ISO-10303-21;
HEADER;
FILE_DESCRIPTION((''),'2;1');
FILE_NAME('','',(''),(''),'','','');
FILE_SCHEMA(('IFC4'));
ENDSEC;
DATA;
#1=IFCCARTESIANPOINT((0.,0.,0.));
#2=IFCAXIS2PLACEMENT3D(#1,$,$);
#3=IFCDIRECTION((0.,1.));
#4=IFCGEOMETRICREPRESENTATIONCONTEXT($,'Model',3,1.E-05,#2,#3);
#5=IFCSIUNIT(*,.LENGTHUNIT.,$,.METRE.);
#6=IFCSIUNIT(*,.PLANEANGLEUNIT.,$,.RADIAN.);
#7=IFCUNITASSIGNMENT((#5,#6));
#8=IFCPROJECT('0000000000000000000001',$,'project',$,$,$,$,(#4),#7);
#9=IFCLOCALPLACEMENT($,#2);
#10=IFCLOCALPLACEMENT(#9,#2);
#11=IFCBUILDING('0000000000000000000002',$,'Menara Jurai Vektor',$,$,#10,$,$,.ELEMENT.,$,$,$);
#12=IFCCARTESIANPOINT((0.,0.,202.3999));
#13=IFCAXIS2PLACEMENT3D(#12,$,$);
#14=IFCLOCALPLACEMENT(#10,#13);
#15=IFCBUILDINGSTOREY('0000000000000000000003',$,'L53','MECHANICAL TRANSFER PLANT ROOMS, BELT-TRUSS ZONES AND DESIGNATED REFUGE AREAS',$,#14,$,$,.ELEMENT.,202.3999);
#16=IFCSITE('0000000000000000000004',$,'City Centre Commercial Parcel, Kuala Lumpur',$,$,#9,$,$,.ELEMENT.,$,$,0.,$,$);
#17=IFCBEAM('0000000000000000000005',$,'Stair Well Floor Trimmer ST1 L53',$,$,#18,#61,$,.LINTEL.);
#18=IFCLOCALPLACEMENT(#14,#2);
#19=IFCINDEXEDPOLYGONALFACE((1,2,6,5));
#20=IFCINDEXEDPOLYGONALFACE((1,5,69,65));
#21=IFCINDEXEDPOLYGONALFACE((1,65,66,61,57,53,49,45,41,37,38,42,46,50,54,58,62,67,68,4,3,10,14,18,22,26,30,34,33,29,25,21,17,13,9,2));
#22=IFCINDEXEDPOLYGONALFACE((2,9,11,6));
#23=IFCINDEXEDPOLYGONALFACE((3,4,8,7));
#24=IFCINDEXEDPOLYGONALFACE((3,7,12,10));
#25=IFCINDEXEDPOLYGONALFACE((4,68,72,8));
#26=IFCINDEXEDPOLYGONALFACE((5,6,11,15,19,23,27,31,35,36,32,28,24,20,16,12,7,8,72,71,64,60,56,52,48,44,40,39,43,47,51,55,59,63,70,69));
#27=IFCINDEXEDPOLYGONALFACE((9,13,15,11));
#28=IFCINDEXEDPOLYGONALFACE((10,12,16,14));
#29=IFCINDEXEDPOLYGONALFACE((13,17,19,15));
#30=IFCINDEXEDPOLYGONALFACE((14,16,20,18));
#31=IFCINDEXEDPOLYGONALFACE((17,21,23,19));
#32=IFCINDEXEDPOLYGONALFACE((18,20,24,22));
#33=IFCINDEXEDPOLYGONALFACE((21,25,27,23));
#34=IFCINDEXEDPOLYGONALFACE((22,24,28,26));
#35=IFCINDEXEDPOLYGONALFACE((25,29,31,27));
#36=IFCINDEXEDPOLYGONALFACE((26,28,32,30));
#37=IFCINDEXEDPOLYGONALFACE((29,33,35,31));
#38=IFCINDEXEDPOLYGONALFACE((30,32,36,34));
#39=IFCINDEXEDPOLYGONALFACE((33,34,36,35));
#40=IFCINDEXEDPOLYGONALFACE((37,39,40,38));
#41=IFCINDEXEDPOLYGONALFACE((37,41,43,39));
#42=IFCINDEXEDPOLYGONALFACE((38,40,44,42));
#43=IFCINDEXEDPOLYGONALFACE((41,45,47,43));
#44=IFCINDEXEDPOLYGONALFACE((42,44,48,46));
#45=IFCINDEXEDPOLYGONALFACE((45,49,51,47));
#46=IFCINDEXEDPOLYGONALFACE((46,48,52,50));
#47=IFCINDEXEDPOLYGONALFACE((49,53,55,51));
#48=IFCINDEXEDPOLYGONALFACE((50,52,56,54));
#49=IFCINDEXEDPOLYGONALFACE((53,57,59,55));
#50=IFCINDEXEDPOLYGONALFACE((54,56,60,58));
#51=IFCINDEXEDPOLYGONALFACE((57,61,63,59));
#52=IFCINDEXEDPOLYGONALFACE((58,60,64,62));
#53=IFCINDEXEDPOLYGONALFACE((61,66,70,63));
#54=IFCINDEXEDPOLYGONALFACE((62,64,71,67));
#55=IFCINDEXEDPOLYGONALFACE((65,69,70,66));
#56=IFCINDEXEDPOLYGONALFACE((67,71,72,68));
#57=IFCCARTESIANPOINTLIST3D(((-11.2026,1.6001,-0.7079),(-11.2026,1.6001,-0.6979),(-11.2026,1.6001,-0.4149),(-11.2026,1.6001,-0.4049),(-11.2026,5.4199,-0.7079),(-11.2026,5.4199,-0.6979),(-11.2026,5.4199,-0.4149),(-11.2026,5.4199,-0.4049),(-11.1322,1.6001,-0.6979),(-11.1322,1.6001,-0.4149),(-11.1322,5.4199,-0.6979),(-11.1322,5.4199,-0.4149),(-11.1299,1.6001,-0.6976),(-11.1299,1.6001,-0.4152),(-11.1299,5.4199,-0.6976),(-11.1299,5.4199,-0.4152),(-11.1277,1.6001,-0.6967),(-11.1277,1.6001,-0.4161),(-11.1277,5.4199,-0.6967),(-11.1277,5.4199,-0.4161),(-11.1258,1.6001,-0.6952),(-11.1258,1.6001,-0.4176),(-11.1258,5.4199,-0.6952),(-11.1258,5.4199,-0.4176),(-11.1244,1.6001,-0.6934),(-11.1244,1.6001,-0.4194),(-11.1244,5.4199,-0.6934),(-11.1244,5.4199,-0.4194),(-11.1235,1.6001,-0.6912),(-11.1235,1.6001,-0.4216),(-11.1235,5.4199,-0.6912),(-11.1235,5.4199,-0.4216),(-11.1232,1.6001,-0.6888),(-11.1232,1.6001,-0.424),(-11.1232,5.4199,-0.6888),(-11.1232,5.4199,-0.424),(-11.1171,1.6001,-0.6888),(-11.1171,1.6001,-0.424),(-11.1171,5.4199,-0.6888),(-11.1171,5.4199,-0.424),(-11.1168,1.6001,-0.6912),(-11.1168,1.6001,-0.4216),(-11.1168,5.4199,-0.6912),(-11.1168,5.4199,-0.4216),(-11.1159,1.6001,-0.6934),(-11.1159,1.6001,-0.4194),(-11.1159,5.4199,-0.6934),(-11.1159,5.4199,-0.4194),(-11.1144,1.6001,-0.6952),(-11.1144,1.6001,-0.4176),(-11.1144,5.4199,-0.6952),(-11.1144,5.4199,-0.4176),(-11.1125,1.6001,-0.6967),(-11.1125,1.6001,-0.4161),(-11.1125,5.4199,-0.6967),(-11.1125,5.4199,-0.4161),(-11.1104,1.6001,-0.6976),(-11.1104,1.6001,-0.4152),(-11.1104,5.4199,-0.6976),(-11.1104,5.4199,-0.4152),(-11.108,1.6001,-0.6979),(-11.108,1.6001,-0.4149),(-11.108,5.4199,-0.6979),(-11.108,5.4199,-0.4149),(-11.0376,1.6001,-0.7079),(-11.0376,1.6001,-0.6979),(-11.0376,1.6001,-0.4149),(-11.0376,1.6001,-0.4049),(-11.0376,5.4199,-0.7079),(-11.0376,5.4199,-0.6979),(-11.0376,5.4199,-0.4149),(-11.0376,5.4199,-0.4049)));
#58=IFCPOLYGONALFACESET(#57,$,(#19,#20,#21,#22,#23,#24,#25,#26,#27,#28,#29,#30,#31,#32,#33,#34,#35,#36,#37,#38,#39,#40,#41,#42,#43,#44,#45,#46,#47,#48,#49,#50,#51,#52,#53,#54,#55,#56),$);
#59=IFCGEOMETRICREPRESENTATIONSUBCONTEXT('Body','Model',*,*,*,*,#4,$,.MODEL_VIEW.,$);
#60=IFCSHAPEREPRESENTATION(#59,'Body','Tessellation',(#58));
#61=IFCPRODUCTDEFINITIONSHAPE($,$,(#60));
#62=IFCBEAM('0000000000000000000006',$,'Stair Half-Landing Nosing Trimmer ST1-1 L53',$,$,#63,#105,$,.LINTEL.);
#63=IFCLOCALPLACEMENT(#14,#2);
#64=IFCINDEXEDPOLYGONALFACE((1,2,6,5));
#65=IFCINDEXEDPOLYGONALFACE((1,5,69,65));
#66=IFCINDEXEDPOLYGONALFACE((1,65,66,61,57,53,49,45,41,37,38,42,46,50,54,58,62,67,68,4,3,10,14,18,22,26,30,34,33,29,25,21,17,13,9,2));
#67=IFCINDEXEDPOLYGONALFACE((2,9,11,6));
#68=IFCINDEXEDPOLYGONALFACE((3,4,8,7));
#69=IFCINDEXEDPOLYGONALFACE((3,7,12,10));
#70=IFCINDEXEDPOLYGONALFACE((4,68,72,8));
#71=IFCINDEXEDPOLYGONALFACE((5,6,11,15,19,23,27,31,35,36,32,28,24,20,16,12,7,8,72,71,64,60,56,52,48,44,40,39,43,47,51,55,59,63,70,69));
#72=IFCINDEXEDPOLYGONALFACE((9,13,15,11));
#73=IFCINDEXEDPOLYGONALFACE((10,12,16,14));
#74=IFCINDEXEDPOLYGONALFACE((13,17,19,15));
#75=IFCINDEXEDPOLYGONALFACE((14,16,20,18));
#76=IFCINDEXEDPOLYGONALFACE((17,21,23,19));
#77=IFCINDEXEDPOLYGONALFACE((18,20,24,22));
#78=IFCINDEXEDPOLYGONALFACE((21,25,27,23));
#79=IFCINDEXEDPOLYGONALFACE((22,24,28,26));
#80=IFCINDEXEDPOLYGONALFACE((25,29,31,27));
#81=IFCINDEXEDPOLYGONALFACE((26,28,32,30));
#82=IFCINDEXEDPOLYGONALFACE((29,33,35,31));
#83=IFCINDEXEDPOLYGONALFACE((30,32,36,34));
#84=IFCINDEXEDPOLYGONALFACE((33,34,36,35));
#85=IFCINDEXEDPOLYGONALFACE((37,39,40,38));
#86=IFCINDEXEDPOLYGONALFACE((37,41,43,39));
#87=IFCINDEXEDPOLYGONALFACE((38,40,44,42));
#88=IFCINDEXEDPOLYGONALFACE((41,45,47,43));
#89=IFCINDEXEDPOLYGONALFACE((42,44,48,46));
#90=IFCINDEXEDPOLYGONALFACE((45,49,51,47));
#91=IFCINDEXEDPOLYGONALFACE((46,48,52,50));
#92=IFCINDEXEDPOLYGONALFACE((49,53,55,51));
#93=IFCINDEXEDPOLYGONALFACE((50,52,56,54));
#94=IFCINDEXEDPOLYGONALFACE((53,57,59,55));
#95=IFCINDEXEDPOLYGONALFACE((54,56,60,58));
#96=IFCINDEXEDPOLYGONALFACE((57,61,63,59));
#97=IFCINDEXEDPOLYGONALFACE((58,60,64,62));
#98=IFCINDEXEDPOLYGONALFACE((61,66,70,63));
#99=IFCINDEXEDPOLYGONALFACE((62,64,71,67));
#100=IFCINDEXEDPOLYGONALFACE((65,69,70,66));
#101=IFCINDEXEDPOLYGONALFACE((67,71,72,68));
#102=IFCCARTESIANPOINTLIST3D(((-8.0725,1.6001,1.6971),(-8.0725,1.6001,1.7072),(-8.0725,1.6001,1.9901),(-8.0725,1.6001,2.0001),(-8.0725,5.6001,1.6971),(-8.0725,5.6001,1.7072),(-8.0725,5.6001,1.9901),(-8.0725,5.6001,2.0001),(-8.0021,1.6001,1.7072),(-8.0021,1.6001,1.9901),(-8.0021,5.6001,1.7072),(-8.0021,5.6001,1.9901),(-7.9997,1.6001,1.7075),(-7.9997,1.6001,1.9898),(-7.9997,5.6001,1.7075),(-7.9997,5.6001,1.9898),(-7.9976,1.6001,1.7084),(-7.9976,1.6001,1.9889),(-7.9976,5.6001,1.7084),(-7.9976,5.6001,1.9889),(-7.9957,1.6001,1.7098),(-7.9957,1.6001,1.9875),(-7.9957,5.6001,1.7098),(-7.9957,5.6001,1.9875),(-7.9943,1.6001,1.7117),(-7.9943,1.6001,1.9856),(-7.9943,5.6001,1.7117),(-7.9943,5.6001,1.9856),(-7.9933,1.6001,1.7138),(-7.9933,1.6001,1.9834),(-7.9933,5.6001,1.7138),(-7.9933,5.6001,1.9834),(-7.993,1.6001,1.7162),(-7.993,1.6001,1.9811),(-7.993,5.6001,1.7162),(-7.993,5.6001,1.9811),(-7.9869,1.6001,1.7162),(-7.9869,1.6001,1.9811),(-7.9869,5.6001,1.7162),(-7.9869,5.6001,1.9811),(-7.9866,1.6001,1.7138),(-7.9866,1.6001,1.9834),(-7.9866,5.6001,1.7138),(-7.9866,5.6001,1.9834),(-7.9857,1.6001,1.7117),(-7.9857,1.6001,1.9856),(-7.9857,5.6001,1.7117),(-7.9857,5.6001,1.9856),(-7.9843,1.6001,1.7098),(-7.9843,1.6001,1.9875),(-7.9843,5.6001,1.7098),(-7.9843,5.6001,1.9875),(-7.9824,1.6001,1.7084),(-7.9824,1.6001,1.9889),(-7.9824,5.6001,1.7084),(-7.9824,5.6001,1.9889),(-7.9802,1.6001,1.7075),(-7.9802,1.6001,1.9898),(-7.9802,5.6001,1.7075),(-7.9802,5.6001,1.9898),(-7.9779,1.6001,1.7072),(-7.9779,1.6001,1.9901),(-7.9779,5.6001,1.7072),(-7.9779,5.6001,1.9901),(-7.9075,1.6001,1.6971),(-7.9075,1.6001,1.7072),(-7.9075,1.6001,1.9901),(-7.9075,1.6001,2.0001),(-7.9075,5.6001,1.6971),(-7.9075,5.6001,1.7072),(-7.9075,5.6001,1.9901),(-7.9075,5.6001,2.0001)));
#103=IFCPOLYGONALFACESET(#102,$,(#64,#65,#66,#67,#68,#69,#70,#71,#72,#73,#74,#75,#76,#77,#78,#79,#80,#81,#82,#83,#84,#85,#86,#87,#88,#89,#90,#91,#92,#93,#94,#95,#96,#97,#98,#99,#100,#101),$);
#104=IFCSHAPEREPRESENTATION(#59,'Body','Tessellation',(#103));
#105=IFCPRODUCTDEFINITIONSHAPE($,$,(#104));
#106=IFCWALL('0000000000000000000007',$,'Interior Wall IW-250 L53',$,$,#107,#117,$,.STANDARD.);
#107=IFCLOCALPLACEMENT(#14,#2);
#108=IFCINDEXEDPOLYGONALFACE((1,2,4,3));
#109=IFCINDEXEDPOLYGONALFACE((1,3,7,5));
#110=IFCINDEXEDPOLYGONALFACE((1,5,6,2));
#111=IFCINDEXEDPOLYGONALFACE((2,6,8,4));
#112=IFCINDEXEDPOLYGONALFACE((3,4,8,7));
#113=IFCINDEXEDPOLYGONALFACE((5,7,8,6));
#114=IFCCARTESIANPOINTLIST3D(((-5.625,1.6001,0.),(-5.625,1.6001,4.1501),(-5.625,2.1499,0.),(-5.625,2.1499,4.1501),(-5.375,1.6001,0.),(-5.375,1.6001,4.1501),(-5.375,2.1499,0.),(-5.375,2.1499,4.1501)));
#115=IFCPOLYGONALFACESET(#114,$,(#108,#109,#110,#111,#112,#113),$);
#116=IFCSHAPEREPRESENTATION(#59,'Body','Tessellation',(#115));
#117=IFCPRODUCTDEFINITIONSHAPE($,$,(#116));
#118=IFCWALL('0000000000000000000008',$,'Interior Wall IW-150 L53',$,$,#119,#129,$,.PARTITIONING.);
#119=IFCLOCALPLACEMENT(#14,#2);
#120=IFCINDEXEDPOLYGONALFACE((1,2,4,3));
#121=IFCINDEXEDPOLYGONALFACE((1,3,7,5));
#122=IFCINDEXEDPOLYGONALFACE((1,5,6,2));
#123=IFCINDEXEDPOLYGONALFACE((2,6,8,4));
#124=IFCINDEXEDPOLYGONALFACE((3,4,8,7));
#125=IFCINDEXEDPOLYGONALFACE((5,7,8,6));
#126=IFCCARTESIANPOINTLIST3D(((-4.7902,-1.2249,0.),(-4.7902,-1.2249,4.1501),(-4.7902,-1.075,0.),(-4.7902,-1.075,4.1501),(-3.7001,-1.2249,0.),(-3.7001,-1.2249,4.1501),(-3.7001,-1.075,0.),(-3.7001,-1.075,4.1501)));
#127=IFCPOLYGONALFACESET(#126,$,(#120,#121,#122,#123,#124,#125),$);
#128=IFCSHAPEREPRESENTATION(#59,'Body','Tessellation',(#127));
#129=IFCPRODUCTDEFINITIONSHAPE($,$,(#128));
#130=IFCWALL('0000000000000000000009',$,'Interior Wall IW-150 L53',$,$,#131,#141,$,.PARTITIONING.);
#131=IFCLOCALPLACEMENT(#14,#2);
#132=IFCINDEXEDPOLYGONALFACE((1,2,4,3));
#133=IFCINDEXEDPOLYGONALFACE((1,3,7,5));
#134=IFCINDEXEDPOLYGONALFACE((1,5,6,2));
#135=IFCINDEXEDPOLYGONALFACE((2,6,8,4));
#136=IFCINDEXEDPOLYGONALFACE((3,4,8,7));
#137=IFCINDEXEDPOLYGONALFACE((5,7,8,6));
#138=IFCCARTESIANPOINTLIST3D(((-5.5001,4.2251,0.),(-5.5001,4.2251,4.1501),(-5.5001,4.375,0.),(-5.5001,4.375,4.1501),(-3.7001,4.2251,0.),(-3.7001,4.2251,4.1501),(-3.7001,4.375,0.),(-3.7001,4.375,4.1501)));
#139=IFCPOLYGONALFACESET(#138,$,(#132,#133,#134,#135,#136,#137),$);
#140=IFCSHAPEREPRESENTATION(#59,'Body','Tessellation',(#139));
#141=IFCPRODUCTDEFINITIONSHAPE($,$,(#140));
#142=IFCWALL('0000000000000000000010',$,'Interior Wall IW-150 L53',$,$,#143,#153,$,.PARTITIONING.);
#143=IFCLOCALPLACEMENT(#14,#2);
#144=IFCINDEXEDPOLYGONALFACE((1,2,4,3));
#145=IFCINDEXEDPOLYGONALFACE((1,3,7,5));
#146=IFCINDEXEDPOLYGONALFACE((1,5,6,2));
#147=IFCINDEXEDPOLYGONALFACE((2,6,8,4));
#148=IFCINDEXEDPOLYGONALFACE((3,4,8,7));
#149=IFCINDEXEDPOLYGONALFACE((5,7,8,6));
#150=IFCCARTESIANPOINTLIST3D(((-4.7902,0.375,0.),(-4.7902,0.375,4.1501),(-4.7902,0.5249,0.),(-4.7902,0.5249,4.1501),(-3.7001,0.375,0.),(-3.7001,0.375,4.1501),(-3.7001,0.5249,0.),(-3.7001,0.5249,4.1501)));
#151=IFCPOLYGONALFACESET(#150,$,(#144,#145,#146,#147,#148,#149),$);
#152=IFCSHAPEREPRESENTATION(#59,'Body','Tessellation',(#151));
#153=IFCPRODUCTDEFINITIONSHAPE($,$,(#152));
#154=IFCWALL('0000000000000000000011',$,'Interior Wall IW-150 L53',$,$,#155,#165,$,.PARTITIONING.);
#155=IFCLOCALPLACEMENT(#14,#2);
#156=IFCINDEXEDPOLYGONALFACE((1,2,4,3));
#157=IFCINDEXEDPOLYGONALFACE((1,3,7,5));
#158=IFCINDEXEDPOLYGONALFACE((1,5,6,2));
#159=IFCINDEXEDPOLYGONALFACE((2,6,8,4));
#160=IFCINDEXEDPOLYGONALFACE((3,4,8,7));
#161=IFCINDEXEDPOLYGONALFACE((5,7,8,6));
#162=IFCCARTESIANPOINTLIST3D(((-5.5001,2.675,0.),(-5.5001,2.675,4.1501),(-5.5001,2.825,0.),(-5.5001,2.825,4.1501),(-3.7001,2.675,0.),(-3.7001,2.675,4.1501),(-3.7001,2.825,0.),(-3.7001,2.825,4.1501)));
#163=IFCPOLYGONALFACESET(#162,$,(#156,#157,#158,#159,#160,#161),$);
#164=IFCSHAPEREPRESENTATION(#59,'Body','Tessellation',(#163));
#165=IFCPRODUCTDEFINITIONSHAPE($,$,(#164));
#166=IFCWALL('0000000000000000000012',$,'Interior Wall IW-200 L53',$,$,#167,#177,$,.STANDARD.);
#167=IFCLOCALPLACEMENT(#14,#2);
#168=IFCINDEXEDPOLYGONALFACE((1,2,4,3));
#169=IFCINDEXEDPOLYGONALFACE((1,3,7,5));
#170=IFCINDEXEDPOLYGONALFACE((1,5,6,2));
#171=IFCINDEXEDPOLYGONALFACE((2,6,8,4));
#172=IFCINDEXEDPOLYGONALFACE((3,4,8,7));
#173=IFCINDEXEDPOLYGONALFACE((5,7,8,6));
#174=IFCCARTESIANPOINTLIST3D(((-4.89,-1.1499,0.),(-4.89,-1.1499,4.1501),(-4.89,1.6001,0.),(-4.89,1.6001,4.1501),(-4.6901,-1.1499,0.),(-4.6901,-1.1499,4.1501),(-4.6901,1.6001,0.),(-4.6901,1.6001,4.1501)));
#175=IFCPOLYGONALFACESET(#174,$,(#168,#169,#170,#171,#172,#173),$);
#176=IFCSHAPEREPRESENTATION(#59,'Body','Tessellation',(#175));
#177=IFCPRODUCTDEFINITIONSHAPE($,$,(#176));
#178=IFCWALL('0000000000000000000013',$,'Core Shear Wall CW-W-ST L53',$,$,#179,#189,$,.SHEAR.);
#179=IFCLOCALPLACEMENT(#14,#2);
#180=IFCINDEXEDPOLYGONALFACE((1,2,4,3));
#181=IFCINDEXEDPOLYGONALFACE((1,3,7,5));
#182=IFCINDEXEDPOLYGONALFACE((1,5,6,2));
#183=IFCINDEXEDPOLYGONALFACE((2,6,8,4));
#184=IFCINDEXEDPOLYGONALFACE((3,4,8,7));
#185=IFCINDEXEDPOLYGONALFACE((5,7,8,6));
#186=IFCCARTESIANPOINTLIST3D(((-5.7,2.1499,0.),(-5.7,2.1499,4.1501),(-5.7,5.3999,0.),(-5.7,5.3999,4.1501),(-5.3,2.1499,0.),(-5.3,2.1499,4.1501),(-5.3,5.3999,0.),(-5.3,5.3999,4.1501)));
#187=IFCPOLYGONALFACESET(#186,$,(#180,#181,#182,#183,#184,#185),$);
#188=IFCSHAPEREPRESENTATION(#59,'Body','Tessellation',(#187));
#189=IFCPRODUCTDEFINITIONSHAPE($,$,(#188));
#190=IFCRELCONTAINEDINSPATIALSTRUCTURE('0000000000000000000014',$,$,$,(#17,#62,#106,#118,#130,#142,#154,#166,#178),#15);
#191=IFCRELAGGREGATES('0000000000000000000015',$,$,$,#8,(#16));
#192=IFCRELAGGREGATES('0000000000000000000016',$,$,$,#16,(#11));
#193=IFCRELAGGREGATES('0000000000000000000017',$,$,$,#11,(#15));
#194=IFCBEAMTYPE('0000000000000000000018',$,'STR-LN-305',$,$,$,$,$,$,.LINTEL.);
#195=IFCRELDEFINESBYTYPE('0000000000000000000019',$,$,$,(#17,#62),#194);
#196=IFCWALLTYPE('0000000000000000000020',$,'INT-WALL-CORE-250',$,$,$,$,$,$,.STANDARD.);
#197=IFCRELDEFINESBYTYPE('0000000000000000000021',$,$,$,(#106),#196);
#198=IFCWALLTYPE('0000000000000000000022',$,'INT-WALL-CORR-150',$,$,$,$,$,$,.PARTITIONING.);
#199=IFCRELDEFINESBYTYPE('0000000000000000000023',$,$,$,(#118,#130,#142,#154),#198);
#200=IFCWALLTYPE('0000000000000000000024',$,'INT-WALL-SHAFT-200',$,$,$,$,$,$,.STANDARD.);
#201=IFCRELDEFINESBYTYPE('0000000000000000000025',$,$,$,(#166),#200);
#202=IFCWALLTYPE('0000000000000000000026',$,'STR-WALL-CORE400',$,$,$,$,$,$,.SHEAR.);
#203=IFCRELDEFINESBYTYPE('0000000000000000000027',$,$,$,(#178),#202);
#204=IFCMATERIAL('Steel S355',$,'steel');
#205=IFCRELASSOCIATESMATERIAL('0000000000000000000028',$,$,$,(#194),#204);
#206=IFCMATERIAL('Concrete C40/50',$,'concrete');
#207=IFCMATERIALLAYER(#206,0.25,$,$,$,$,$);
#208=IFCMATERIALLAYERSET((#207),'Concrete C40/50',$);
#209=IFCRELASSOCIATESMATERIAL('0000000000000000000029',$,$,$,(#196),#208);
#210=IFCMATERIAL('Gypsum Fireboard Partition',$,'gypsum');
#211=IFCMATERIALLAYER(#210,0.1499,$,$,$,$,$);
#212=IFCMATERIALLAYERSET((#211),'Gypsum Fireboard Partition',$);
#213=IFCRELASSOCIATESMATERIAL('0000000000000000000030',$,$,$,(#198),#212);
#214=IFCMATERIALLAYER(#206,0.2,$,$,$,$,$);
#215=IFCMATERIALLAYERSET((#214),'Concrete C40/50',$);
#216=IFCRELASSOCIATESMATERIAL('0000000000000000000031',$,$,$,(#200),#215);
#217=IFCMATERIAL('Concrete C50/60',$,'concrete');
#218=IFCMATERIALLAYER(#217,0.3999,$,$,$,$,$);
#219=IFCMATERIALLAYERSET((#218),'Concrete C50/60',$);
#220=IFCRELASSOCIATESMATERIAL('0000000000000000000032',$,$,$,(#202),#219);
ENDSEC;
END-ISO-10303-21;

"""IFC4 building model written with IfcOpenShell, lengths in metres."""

from ifc_helpers import new_model, si_unit, direction, frame, frame_2d, origin, origin_2d, place, context, subcontext, project, spatial, rectangle, i_section, extrude, material, layer, layer_set, material_profile, profile_set, type_object, element, save


model = new_model("IFC4")

# Units and contexts
model_context = context("Model", 3, precision=1e-05, world=origin(), true_north=direction((0.0, 1.0)))
body_context = subcontext(model_context, "Body", "Model", "MODEL_VIEW")
ifc_project = project(units=[si_unit("LENGTHUNIT", "METRE"), si_unit("PLANEANGLEUNIT", "RADIAN")], contexts=[model_context])

# Site, building, storey
site_placement = place(None, origin())
site = spatial("IfcSite", under=ifc_project, at=site_placement, Name="City Centre Commercial Parcel, Kuala Lumpur", CompositionType="ELEMENT", RefElevation=0.0)
building_placement = place(site_placement, origin())
building = spatial("IfcBuilding", under=site, at=building_placement, Name="Menara Jurai Vektor", CompositionType="ELEMENT")
storey_placement = place(building_placement, frame((0.0, 0.0, 202.3999)))
storey = spatial("IfcBuildingStorey", under=building, at=storey_placement, Name="L53", Description="MECHANICAL TRANSFER PLANT ROOMS, BELT-TRUSS ZONES AND DESIGNATED REFUGE AREAS", CompositionType="ELEMENT", Elevation=202.3999)

# Shared definitions
ifc_material_1 = material(Name="Concrete C50/60", Category="concrete")

# Beams
ifc_material_2 = material(Name="Steel S355", Category="steel")
ifc_material_profile_1 = material_profile(ifc_material_2, i_section(OverallWidth=0.165, OverallDepth=0.303, WebThickness=0.0061, FlangeThickness=0.01, FilletRadius=0.009, at=origin_2d()), Name="UKB 305x165x40")
ifc_profile_set_1 = profile_set([ifc_material_profile_1], Name="Steel S355")
beam_type_1 = type_object("IfcBeamType", Name="STR-LN-305", PredefinedType="LINTEL", material=ifc_profile_set_1)
beam_1_placement = place(storey_placement, frame((-11.1201, 1.6001, -0.5564), z_axis=(0.0, 1.0, 0.0), x_axis=(-1.0, 0.0, 0.0)))
element("IfcBeam", 1, at=beam_1_placement, inside=storey, type_object=beam_type_1, Name="Stair Well Floor Trimmer ST1 L53", PredefinedType="LINTEL", context=body_context, shape_type="SweptSolid", body=[
    extrude(i_section(OverallWidth=0.165, OverallDepth=0.303, WebThickness=0.0061, FlangeThickness=0.01, FilletRadius=0.009, at=origin_2d()), origin(), (0.0, 0.0, 1.0), 3.8198),
])
beam_2_placement = place(storey_placement, frame((-7.99, 1.6001, 1.8486), z_axis=(0.0, 1.0, 0.0), x_axis=(-1.0, 0.0, 0.0)))
element("IfcBeam", 2, at=beam_2_placement, inside=storey, type_object=beam_type_1, Name="Stair Half-Landing Nosing Trimmer ST1-1 L53", PredefinedType="LINTEL", context=body_context, shape_type="SweptSolid", body=[
    extrude(i_section(OverallWidth=0.165, OverallDepth=0.303, WebThickness=0.0061, FlangeThickness=0.01, FilletRadius=0.009, at=origin_2d()), origin(), (0.0, 0.0, 1.0), 4.0),
])

# Shared definitions
ifc_material_3 = material(Name="Concrete C40/50", Category="concrete")
ifc_layer_1 = layer(ifc_material_3, 0.25)
ifc_layer_set_1 = layer_set([ifc_layer_1], Name="Concrete C40/50")
wall_type_1 = type_object("IfcWallType", Name="INT-WALL-CORE-250", PredefinedType="STANDARD", material=ifc_layer_set_1)

# Walls
wall_1_placement = place(storey_placement, frame((-5.5, 1.6001, 0.0), z_axis=(0.0, 0.0, 1.0), x_axis=(0.0, 1.0, 0.0)))
element("IfcWall", 3, at=wall_1_placement, inside=storey, type_object=wall_type_1, Name="Interior Wall IW-250 L53", PredefinedType="STANDARD", context=body_context, shape_type="SweptSolid", body=[
    extrude(rectangle(XDim=0.5498, YDim=0.25, at=frame_2d((0.2749, 0.0))), origin(), (0.0, 0.0, 1.0), 4.1501),
])
ifc_material_4 = material(Name="Gypsum Fireboard Partition", Category="gypsum")
ifc_layer_2 = layer(ifc_material_4, 0.1499)
ifc_layer_set_2 = layer_set([ifc_layer_2], Name="Gypsum Fireboard Partition")
wall_type_2 = type_object("IfcWallType", Name="INT-WALL-CORR-150", PredefinedType="PARTITIONING", material=ifc_layer_set_2)
wall_2_placement = place(storey_placement, frame((-4.79, -1.1499, 0.0), z_axis=(0.0, 0.0, 1.0), x_axis=(1.0, 0.0, 0.0)))
element("IfcWall", 4, at=wall_2_placement, inside=storey, type_object=wall_type_2, Name="Interior Wall IW-150 L53", PredefinedType="PARTITIONING", context=body_context, shape_type="SweptSolid", body=[
    extrude(rectangle(XDim=1.0901, YDim=0.1499, at=frame_2d((0.5449, 0.0))), origin(), (0.0, 0.0, 1.0), 4.1501),
])
wall_3_placement = place(storey_placement, frame((-5.5, 4.3, 0.0), z_axis=(0.0, 0.0, 1.0), x_axis=(1.0, 0.0, 0.0)))
element("IfcWall", 5, at=wall_3_placement, inside=storey, type_object=wall_type_2, Name="Interior Wall IW-150 L53", PredefinedType="PARTITIONING", context=body_context, shape_type="SweptSolid", body=[
    extrude(rectangle(XDim=1.8, YDim=0.1499, at=frame_2d((0.8999, 0.0))), origin(), (0.0, 0.0, 1.0), 4.1501),
])
wall_4_placement = place(storey_placement, frame((-4.79, 0.45, 0.0), z_axis=(0.0, 0.0, 1.0), x_axis=(1.0, 0.0, 0.0)))
element("IfcWall", 6, at=wall_4_placement, inside=storey, type_object=wall_type_2, Name="Interior Wall IW-150 L53", PredefinedType="PARTITIONING", context=body_context, shape_type="SweptSolid", body=[
    extrude(rectangle(XDim=1.0901, YDim=0.1499, at=frame_2d((0.5449, 0.0))), origin(), (0.0, 0.0, 1.0), 4.1501),
])
wall_5_placement = place(storey_placement, frame((-5.5, 2.75, 0.0), z_axis=(0.0, 0.0, 1.0), x_axis=(1.0, 0.0, 0.0)))
element("IfcWall", 7, at=wall_5_placement, inside=storey, type_object=wall_type_2, Name="Interior Wall IW-150 L53", PredefinedType="PARTITIONING", context=body_context, shape_type="SweptSolid", body=[
    extrude(rectangle(XDim=1.8, YDim=0.1499, at=frame_2d((0.8999, 0.0))), origin(), (0.0, 0.0, 1.0), 4.1501),
])

# Shared definitions
ifc_layer_3 = layer(ifc_material_3, 0.2)
ifc_layer_set_3 = layer_set([ifc_layer_3], Name="Concrete C40/50")
wall_type_3 = type_object("IfcWallType", Name="INT-WALL-SHAFT-200", PredefinedType="STANDARD", material=ifc_layer_set_3)

# Walls
wall_6_placement = place(storey_placement, frame((-4.79, -1.1499, 0.0), z_axis=(0.0, 0.0, 1.0), x_axis=(0.0, 1.0, 0.0)))
element("IfcWall", 8, at=wall_6_placement, inside=storey, type_object=wall_type_3, Name="Interior Wall IW-200 L53", PredefinedType="STANDARD", context=body_context, shape_type="SweptSolid", body=[
    extrude(rectangle(XDim=2.75, YDim=0.2, at=frame_2d((1.375, 0.0))), origin(), (0.0, 0.0, 1.0), 4.1501),
])
ifc_layer_4 = layer(ifc_material_1, 0.3999)
ifc_layer_set_4 = layer_set([ifc_layer_4], Name="Concrete C50/60")
wall_type_4 = type_object("IfcWallType", Name="STR-WALL-CORE400", PredefinedType="SHEAR", material=ifc_layer_set_4)
wall_7_placement = place(storey_placement, frame((-5.5, 2.1499, 0.0), z_axis=(0.0, 0.0, 1.0), x_axis=(0.0, 1.0, 0.0)))
element("IfcWall", 9, at=wall_7_placement, inside=storey, type_object=wall_type_4, Name="Core Shear Wall CW-W-ST L53", PredefinedType="SHEAR", context=body_context, shape_type="SweptSolid", body=[
    extrude(rectangle(XDim=3.25, YDim=0.3999, at=frame_2d((1.625, 0.0))), origin(), (0.0, 0.0, 1.0), 4.1501),
])

save(model, "model.ifc")
